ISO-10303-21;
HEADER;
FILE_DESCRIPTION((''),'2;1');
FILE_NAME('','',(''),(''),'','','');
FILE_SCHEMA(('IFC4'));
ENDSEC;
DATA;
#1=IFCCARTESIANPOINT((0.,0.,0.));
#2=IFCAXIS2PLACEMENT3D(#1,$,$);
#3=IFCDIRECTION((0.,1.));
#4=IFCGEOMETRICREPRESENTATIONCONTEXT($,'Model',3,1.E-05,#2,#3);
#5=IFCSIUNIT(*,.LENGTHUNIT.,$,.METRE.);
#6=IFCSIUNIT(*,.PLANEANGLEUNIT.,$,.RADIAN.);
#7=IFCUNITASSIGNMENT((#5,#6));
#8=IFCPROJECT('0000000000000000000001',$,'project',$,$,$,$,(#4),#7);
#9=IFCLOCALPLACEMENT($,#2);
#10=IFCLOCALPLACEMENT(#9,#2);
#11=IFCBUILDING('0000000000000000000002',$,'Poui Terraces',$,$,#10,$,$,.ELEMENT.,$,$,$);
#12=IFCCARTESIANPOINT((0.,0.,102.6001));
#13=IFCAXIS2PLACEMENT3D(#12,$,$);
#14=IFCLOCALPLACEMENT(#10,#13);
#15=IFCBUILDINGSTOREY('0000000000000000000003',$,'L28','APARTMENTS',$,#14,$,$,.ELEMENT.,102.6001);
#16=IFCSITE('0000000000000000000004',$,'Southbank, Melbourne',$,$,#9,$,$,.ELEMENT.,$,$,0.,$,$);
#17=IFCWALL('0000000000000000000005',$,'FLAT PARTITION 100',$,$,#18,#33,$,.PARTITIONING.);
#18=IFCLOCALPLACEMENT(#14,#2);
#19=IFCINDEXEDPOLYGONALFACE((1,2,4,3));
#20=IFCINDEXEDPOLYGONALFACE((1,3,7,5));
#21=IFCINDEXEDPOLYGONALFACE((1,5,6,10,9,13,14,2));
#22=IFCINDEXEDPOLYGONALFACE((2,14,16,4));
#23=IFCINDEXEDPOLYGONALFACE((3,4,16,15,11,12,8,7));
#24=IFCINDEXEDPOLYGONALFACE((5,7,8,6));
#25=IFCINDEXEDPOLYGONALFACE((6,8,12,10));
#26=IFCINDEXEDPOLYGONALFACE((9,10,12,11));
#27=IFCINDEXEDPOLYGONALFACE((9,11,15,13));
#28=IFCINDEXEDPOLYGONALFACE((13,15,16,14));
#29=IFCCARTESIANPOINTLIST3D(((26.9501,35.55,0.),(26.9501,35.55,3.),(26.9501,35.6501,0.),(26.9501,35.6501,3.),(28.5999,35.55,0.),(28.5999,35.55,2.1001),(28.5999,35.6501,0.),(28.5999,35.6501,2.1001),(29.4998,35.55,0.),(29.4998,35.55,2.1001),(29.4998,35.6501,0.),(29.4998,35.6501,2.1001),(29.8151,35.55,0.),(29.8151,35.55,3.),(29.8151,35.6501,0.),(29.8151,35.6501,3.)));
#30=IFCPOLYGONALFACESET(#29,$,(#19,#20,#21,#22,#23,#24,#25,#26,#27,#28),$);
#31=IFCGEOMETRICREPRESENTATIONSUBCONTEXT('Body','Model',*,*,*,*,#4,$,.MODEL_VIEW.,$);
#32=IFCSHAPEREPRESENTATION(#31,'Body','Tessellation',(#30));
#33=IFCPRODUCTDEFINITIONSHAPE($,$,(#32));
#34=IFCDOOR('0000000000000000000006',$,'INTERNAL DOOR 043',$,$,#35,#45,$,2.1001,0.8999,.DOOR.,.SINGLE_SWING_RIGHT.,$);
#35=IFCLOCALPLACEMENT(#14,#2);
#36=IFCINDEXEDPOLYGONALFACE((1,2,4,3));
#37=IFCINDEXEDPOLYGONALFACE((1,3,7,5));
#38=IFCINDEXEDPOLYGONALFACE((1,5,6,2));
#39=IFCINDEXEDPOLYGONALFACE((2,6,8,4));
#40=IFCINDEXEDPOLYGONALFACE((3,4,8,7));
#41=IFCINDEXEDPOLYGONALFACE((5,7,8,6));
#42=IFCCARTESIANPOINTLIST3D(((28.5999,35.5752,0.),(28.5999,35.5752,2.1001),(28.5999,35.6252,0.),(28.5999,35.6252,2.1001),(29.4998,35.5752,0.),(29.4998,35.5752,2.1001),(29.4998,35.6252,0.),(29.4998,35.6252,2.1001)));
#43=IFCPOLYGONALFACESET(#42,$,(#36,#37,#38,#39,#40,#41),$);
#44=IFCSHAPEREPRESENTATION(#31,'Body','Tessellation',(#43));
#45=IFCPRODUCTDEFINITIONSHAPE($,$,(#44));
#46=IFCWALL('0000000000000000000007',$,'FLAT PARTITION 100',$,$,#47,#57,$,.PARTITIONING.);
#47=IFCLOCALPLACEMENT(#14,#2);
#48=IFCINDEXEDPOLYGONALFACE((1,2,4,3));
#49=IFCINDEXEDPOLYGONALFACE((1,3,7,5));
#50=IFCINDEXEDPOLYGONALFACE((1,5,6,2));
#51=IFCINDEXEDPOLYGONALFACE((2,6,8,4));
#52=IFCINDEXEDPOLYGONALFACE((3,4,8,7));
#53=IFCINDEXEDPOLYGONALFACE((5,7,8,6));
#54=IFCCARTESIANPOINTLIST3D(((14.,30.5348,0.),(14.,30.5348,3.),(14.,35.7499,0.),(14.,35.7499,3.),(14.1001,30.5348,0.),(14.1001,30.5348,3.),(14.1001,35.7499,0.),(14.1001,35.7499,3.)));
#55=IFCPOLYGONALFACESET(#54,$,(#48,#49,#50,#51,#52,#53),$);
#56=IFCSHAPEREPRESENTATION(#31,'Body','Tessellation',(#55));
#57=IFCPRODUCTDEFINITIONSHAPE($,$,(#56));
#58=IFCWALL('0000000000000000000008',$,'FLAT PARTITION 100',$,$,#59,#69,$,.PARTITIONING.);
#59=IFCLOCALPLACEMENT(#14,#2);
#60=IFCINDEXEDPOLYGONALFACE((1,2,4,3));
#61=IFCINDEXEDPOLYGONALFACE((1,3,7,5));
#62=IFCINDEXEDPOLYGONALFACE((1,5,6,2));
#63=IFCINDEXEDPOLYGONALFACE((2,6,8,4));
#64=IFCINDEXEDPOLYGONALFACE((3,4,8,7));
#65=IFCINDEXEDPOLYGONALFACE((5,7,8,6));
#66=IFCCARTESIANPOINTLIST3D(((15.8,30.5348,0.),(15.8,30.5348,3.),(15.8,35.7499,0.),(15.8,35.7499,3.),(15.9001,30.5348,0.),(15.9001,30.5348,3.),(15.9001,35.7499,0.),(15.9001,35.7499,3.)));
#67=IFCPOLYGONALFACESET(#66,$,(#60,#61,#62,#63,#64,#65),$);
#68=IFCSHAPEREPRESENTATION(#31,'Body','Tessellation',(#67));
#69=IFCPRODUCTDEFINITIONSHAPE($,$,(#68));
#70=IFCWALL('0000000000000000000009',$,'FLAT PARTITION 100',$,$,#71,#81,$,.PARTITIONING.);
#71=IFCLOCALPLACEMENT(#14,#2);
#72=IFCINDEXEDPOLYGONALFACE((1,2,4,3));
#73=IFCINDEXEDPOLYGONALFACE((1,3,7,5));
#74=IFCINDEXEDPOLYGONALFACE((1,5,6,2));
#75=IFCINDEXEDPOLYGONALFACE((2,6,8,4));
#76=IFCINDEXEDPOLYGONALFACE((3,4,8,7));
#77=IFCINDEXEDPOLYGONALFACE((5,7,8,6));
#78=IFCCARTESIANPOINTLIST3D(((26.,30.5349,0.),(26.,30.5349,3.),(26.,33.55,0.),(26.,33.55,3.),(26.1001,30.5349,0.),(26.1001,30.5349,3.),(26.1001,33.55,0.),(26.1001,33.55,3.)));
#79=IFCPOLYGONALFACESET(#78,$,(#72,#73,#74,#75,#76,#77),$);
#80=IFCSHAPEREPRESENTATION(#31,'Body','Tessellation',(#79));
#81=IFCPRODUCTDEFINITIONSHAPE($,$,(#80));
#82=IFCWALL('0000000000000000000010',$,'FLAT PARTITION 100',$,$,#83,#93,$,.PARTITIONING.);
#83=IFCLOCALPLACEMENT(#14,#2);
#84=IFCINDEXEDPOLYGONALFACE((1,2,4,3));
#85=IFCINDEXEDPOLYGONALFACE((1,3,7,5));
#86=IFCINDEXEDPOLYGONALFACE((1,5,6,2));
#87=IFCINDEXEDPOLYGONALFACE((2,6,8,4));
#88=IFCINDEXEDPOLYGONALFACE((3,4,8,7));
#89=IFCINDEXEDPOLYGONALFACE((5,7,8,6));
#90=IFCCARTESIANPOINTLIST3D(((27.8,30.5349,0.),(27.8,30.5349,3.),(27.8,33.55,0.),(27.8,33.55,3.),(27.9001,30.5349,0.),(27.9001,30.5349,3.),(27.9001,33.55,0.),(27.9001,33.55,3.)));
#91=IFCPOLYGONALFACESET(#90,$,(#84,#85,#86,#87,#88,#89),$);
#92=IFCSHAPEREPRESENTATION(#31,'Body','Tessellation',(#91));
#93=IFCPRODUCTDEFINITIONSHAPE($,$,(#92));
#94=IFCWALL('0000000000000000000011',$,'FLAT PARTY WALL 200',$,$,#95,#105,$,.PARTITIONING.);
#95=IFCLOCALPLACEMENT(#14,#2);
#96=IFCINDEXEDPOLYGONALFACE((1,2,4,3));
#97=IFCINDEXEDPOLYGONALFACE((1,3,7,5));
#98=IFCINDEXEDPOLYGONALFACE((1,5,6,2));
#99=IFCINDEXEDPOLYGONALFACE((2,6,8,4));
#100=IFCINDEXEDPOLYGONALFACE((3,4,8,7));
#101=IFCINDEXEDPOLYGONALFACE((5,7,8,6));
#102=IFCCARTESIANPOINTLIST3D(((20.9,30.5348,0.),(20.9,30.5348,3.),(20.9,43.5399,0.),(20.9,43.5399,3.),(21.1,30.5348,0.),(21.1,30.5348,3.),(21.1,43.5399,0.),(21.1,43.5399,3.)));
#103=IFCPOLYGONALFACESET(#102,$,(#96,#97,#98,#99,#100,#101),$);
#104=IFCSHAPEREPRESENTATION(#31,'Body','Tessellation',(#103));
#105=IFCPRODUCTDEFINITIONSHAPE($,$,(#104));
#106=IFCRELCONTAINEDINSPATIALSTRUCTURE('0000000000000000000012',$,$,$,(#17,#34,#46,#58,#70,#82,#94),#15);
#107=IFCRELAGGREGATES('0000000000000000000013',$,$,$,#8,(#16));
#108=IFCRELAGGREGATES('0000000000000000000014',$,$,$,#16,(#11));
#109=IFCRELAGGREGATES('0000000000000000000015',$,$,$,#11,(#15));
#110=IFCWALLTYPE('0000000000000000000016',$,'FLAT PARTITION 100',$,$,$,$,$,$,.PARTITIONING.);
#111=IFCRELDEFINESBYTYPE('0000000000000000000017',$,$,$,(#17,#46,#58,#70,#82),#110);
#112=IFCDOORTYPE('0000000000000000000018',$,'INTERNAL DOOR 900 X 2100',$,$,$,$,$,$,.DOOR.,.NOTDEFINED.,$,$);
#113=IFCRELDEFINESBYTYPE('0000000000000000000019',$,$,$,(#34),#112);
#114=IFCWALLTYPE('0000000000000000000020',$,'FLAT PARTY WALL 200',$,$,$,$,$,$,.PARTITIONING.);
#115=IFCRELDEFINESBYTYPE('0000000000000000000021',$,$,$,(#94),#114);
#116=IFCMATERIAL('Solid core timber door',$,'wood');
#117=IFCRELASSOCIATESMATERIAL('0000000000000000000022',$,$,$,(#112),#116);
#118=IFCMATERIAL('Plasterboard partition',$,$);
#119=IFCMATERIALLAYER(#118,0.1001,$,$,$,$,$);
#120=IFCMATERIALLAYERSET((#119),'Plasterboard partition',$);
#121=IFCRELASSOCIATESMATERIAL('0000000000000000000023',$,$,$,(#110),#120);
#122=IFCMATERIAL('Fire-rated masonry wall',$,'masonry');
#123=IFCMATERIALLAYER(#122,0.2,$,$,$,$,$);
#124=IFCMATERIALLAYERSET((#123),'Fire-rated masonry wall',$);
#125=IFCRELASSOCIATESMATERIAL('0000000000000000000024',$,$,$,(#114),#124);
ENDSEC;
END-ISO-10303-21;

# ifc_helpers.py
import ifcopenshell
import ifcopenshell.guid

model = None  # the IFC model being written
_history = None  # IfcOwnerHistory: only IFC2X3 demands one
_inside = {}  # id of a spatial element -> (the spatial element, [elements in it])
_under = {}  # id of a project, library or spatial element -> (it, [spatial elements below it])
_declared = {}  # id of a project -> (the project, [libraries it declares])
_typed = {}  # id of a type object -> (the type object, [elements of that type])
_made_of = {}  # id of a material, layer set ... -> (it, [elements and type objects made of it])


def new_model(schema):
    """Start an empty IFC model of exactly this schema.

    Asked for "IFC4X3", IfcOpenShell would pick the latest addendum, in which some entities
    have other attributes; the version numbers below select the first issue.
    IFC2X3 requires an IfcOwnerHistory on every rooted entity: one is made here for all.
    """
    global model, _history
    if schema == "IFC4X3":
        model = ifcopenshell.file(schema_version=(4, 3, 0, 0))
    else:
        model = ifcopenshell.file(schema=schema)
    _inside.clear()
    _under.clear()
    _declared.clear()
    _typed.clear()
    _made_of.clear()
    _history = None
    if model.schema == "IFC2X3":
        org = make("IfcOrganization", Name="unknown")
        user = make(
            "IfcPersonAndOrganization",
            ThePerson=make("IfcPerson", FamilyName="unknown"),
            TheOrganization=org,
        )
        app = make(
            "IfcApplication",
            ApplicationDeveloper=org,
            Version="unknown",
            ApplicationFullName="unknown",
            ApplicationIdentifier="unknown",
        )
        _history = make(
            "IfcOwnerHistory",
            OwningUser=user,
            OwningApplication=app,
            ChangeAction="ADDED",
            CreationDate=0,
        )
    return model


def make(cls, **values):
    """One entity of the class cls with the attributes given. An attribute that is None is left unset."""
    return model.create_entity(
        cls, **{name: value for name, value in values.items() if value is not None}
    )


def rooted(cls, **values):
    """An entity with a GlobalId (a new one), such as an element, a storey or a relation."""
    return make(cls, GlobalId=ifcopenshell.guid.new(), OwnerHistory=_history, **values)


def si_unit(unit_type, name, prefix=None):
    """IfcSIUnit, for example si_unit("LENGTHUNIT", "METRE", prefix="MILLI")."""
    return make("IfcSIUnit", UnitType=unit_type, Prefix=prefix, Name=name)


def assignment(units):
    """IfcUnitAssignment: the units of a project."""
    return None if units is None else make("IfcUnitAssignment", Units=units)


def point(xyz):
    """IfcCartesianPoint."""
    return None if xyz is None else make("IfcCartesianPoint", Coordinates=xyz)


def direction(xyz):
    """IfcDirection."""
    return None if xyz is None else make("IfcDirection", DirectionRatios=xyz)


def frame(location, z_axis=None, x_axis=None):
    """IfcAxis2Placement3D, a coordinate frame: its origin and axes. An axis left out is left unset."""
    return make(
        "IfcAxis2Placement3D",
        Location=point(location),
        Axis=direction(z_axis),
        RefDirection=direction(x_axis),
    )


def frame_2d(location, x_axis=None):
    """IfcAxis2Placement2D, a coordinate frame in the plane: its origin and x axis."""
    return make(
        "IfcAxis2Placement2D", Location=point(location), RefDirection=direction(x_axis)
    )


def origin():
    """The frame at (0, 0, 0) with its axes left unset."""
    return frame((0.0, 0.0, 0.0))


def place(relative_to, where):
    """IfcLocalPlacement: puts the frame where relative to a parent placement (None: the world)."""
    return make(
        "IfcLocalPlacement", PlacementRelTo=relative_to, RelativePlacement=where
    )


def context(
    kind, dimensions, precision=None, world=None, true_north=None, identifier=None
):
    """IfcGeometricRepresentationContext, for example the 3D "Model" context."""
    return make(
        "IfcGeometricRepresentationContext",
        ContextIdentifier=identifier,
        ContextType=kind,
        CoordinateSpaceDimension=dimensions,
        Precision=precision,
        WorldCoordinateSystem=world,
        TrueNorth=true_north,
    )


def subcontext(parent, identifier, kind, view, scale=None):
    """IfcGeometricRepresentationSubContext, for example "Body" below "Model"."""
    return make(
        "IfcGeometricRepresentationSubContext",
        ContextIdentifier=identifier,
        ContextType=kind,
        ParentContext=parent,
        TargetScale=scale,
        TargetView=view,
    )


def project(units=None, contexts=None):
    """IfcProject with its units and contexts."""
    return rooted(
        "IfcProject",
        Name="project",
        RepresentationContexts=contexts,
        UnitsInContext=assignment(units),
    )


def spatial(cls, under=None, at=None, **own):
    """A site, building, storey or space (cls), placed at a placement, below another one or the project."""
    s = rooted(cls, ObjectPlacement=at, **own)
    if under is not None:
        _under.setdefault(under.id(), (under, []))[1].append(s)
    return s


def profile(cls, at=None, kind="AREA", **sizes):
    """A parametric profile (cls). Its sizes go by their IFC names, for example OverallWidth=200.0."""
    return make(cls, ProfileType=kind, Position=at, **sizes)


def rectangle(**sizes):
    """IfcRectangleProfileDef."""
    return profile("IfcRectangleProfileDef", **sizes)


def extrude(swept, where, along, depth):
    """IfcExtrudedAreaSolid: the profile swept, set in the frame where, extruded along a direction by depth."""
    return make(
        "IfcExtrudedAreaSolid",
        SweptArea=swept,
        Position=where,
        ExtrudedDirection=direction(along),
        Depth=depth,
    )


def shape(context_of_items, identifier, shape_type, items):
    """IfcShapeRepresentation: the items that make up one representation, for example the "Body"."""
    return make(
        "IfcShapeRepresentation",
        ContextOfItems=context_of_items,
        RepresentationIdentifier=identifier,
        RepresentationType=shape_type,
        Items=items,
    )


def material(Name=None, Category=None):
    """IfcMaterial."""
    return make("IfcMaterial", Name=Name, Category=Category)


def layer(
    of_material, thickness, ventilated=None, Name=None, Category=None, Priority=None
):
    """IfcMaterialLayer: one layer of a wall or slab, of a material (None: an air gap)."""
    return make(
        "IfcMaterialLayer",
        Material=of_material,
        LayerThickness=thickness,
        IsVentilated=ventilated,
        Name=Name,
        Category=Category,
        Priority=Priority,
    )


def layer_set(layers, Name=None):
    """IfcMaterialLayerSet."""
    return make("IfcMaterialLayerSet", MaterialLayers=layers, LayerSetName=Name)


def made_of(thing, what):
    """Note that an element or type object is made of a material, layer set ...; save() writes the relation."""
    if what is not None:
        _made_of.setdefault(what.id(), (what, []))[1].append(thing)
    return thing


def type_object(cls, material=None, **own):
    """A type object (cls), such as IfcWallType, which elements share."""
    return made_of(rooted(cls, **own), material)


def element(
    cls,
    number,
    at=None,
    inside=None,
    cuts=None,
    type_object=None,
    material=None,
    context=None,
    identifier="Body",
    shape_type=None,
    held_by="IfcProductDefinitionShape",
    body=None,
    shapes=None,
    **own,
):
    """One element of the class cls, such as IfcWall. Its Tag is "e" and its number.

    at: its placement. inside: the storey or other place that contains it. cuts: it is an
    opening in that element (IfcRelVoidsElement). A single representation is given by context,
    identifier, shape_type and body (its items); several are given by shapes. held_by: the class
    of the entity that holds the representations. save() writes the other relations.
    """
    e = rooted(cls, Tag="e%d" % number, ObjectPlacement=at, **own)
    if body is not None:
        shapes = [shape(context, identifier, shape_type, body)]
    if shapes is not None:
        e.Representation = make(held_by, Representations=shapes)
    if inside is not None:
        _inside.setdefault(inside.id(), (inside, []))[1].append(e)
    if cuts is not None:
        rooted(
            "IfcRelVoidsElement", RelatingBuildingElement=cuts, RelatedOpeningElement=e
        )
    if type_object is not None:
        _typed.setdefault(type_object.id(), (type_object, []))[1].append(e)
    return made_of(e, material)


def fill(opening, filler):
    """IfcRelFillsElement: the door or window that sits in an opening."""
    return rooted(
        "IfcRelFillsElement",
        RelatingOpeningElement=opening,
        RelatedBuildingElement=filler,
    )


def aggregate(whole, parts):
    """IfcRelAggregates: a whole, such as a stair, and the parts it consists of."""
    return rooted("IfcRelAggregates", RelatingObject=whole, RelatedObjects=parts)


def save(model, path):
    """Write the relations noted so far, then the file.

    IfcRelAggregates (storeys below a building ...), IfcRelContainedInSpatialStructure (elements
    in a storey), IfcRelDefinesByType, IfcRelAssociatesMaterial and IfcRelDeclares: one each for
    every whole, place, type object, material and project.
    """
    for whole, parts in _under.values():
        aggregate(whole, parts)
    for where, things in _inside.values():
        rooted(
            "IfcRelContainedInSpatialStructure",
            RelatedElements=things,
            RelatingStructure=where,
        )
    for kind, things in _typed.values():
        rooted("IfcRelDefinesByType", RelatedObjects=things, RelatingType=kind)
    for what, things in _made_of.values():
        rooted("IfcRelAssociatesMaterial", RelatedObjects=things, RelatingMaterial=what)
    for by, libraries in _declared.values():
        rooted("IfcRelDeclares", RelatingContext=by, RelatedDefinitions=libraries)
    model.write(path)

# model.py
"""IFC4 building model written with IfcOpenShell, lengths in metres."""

from ifc_helpers import new_model, si_unit, direction, frame, frame_2d, origin, place, context, subcontext, project, spatial, rectangle, extrude, material, layer, layer_set, type_object, element, fill, save


model = new_model("IFC4")

# Units and contexts
model_context = context("Model", 3, precision=1e-05, world=origin(), true_north=direction((0.0, 1.0)))
body_context = subcontext(model_context, "Body", "Model", "MODEL_VIEW")
ifc_project = project(units=[si_unit("LENGTHUNIT", "METRE"), si_unit("PLANEANGLEUNIT", "RADIAN")], contexts=[model_context])

# Site, building, storey
site_placement = place(None, origin())
site = spatial("IfcSite", under=ifc_project, at=site_placement, Name="Southbank, Melbourne", CompositionType="ELEMENT", RefElevation=0.0)
building_placement = place(site_placement, origin())
building = spatial("IfcBuilding", under=site, at=building_placement, Name="Poui Terraces", CompositionType="ELEMENT")
storey_placement = place(building_placement, frame((0.0, 0.0, 102.6001)))
storey = spatial("IfcBuildingStorey", under=building, at=storey_placement, Name="L28", Description="APARTMENTS", CompositionType="ELEMENT", Elevation=102.6001)

# Wall, opening, door
ifc_material_1 = material(Name="Solid core timber door", Category="wood")
door_type_1 = type_object("IfcDoorType", Name="INTERNAL DOOR 900 X 2100", OperationType="NOTDEFINED", PredefinedType="DOOR", material=ifc_material_1)
ifc_material_2 = material(Name="Plasterboard partition")
ifc_layer_1 = layer(ifc_material_2, 0.1001)
ifc_layer_set_1 = layer_set([ifc_layer_1], Name="Plasterboard partition")
wall_type_1 = type_object("IfcWallType", Name="FLAT PARTITION 100", PredefinedType="PARTITIONING", material=ifc_layer_set_1)
wall_1_placement = place(storey_placement, frame((26.95, 35.6001, 0.0), z_axis=(0.0, 0.0, 1.0), x_axis=(1.0, 0.0, 0.0)))
wall_1 = element("IfcWall", 1, at=wall_1_placement, inside=storey, type_object=wall_type_1, Name="FLAT PARTITION 100", PredefinedType="PARTITIONING", context=body_context, shape_type="SweptSolid", body=[
    extrude(rectangle(XDim=2.865, YDim=0.1001, at=frame_2d((1.4326, 0.0))), origin(), (0.0, 0.0, 1.0), 3.0),
])
opening_1_placement = place(wall_1_placement, frame((1.6499, 0.0, 0.0)))
opening_1 = element("IfcOpeningElement", 2, at=opening_1_placement, cuts=wall_1, PredefinedType="OPENING", context=body_context, shape_type="SweptSolid", body=[
    extrude(rectangle(XDim=0.8999, YDim=2.1001, at=frame_2d((0.45, 1.05))), frame((0.0, 0.0601, 0.0), z_axis=(0.0, -1.0, 0.0), x_axis=(1.0, 0.0, 0.0)), (0.0, 0.0, 1.0), 0.1201),
])
door_1_placement = place(opening_1_placement, frame((0.8999, 0.0, 0.0), z_axis=(0.0, 0.0, 1.0), x_axis=(-1.0, 0.0, 0.0)))
door_1 = element("IfcDoor", 3, at=door_1_placement, inside=storey, type_object=door_type_1, Name="INTERNAL DOOR 043", OperationType="SINGLE_SWING_RIGHT", OverallHeight=2.1001, OverallWidth=0.8999, PredefinedType="DOOR", context=body_context, shape_type="SweptSolid", body=[
    extrude(rectangle(XDim=0.8999, YDim=2.1001, at=frame_2d((0.45, 1.05))), frame((0.0, 0.0249, 0.0), z_axis=(0.0, -1.0, 0.0), x_axis=(1.0, 0.0, 0.0)), (0.0, 0.0, 1.0), 0.05),
])
fill(opening_1, door_1)

# Walls
for number, where, z_axis, x_axis, name in (
    (4, (14.05, 30.5349, 0.0), (0.0, 0.0, 1.0), (0.0, 1.0, 0.0), "FLAT PARTITION 100"),
    (5, (15.8501, 30.5349, 0.0), (0.0, 0.0, 1.0), (0.0, 1.0, 0.0), "FLAT PARTITION 100"),
):
    element("IfcWall", number, at=place(storey_placement, frame(where, z_axis=z_axis, x_axis=x_axis)), inside=storey, type_object=wall_type_1, Name=name, PredefinedType="PARTITIONING", context=body_context, shape_type="SweptSolid", body=[
        extrude(rectangle(XDim=5.2151, YDim=0.1001, at=frame_2d((2.6074, 0.0))), origin(), (0.0, 0.0, 1.0), 3.0),
    ])
for number, where, z_axis, x_axis, name in (
    (6, (26.05, 30.5349, 0.0), (0.0, 0.0, 1.0), (0.0, 1.0, 0.0), "FLAT PARTITION 100"),
    (7, (27.8501, 30.5349, 0.0), (0.0, 0.0, 1.0), (0.0, 1.0, 0.0), "FLAT PARTITION 100"),
):
    element("IfcWall", number, at=place(storey_placement, frame(where, z_axis=z_axis, x_axis=x_axis)), inside=storey, type_object=wall_type_1, Name=name, PredefinedType="PARTITIONING", context=body_context, shape_type="SweptSolid", body=[
        extrude(rectangle(XDim=3.0151, YDim=0.1001, at=frame_2d((1.5076, 0.0))), origin(), (0.0, 0.0, 1.0), 3.0),
    ])
ifc_material_3 = material(Name="Fire-rated masonry wall", Category="masonry")
ifc_layer_2 = layer(ifc_material_3, 0.2)
ifc_layer_set_2 = layer_set([ifc_layer_2], Name="Fire-rated masonry wall")
wall_type_2 = type_object("IfcWallType", Name="FLAT PARTY WALL 200", PredefinedType="PARTITIONING", material=ifc_layer_set_2)
wall_2_placement = place(storey_placement, frame((21.0, 30.5349, 0.0), z_axis=(0.0, 0.0, 1.0), x_axis=(0.0, 1.0, 0.0)))
element("IfcWall", 8, at=wall_2_placement, inside=storey, type_object=wall_type_2, Name="FLAT PARTY WALL 200", PredefinedType="PARTITIONING", context=body_context, shape_type="SweptSolid", body=[
    extrude(rectangle(XDim=13.0051, YDim=0.2, at=frame_2d((6.5024, 0.0))), origin(), (0.0, 0.0, 1.0), 3.0),
])

save(model, "model.ifc")
